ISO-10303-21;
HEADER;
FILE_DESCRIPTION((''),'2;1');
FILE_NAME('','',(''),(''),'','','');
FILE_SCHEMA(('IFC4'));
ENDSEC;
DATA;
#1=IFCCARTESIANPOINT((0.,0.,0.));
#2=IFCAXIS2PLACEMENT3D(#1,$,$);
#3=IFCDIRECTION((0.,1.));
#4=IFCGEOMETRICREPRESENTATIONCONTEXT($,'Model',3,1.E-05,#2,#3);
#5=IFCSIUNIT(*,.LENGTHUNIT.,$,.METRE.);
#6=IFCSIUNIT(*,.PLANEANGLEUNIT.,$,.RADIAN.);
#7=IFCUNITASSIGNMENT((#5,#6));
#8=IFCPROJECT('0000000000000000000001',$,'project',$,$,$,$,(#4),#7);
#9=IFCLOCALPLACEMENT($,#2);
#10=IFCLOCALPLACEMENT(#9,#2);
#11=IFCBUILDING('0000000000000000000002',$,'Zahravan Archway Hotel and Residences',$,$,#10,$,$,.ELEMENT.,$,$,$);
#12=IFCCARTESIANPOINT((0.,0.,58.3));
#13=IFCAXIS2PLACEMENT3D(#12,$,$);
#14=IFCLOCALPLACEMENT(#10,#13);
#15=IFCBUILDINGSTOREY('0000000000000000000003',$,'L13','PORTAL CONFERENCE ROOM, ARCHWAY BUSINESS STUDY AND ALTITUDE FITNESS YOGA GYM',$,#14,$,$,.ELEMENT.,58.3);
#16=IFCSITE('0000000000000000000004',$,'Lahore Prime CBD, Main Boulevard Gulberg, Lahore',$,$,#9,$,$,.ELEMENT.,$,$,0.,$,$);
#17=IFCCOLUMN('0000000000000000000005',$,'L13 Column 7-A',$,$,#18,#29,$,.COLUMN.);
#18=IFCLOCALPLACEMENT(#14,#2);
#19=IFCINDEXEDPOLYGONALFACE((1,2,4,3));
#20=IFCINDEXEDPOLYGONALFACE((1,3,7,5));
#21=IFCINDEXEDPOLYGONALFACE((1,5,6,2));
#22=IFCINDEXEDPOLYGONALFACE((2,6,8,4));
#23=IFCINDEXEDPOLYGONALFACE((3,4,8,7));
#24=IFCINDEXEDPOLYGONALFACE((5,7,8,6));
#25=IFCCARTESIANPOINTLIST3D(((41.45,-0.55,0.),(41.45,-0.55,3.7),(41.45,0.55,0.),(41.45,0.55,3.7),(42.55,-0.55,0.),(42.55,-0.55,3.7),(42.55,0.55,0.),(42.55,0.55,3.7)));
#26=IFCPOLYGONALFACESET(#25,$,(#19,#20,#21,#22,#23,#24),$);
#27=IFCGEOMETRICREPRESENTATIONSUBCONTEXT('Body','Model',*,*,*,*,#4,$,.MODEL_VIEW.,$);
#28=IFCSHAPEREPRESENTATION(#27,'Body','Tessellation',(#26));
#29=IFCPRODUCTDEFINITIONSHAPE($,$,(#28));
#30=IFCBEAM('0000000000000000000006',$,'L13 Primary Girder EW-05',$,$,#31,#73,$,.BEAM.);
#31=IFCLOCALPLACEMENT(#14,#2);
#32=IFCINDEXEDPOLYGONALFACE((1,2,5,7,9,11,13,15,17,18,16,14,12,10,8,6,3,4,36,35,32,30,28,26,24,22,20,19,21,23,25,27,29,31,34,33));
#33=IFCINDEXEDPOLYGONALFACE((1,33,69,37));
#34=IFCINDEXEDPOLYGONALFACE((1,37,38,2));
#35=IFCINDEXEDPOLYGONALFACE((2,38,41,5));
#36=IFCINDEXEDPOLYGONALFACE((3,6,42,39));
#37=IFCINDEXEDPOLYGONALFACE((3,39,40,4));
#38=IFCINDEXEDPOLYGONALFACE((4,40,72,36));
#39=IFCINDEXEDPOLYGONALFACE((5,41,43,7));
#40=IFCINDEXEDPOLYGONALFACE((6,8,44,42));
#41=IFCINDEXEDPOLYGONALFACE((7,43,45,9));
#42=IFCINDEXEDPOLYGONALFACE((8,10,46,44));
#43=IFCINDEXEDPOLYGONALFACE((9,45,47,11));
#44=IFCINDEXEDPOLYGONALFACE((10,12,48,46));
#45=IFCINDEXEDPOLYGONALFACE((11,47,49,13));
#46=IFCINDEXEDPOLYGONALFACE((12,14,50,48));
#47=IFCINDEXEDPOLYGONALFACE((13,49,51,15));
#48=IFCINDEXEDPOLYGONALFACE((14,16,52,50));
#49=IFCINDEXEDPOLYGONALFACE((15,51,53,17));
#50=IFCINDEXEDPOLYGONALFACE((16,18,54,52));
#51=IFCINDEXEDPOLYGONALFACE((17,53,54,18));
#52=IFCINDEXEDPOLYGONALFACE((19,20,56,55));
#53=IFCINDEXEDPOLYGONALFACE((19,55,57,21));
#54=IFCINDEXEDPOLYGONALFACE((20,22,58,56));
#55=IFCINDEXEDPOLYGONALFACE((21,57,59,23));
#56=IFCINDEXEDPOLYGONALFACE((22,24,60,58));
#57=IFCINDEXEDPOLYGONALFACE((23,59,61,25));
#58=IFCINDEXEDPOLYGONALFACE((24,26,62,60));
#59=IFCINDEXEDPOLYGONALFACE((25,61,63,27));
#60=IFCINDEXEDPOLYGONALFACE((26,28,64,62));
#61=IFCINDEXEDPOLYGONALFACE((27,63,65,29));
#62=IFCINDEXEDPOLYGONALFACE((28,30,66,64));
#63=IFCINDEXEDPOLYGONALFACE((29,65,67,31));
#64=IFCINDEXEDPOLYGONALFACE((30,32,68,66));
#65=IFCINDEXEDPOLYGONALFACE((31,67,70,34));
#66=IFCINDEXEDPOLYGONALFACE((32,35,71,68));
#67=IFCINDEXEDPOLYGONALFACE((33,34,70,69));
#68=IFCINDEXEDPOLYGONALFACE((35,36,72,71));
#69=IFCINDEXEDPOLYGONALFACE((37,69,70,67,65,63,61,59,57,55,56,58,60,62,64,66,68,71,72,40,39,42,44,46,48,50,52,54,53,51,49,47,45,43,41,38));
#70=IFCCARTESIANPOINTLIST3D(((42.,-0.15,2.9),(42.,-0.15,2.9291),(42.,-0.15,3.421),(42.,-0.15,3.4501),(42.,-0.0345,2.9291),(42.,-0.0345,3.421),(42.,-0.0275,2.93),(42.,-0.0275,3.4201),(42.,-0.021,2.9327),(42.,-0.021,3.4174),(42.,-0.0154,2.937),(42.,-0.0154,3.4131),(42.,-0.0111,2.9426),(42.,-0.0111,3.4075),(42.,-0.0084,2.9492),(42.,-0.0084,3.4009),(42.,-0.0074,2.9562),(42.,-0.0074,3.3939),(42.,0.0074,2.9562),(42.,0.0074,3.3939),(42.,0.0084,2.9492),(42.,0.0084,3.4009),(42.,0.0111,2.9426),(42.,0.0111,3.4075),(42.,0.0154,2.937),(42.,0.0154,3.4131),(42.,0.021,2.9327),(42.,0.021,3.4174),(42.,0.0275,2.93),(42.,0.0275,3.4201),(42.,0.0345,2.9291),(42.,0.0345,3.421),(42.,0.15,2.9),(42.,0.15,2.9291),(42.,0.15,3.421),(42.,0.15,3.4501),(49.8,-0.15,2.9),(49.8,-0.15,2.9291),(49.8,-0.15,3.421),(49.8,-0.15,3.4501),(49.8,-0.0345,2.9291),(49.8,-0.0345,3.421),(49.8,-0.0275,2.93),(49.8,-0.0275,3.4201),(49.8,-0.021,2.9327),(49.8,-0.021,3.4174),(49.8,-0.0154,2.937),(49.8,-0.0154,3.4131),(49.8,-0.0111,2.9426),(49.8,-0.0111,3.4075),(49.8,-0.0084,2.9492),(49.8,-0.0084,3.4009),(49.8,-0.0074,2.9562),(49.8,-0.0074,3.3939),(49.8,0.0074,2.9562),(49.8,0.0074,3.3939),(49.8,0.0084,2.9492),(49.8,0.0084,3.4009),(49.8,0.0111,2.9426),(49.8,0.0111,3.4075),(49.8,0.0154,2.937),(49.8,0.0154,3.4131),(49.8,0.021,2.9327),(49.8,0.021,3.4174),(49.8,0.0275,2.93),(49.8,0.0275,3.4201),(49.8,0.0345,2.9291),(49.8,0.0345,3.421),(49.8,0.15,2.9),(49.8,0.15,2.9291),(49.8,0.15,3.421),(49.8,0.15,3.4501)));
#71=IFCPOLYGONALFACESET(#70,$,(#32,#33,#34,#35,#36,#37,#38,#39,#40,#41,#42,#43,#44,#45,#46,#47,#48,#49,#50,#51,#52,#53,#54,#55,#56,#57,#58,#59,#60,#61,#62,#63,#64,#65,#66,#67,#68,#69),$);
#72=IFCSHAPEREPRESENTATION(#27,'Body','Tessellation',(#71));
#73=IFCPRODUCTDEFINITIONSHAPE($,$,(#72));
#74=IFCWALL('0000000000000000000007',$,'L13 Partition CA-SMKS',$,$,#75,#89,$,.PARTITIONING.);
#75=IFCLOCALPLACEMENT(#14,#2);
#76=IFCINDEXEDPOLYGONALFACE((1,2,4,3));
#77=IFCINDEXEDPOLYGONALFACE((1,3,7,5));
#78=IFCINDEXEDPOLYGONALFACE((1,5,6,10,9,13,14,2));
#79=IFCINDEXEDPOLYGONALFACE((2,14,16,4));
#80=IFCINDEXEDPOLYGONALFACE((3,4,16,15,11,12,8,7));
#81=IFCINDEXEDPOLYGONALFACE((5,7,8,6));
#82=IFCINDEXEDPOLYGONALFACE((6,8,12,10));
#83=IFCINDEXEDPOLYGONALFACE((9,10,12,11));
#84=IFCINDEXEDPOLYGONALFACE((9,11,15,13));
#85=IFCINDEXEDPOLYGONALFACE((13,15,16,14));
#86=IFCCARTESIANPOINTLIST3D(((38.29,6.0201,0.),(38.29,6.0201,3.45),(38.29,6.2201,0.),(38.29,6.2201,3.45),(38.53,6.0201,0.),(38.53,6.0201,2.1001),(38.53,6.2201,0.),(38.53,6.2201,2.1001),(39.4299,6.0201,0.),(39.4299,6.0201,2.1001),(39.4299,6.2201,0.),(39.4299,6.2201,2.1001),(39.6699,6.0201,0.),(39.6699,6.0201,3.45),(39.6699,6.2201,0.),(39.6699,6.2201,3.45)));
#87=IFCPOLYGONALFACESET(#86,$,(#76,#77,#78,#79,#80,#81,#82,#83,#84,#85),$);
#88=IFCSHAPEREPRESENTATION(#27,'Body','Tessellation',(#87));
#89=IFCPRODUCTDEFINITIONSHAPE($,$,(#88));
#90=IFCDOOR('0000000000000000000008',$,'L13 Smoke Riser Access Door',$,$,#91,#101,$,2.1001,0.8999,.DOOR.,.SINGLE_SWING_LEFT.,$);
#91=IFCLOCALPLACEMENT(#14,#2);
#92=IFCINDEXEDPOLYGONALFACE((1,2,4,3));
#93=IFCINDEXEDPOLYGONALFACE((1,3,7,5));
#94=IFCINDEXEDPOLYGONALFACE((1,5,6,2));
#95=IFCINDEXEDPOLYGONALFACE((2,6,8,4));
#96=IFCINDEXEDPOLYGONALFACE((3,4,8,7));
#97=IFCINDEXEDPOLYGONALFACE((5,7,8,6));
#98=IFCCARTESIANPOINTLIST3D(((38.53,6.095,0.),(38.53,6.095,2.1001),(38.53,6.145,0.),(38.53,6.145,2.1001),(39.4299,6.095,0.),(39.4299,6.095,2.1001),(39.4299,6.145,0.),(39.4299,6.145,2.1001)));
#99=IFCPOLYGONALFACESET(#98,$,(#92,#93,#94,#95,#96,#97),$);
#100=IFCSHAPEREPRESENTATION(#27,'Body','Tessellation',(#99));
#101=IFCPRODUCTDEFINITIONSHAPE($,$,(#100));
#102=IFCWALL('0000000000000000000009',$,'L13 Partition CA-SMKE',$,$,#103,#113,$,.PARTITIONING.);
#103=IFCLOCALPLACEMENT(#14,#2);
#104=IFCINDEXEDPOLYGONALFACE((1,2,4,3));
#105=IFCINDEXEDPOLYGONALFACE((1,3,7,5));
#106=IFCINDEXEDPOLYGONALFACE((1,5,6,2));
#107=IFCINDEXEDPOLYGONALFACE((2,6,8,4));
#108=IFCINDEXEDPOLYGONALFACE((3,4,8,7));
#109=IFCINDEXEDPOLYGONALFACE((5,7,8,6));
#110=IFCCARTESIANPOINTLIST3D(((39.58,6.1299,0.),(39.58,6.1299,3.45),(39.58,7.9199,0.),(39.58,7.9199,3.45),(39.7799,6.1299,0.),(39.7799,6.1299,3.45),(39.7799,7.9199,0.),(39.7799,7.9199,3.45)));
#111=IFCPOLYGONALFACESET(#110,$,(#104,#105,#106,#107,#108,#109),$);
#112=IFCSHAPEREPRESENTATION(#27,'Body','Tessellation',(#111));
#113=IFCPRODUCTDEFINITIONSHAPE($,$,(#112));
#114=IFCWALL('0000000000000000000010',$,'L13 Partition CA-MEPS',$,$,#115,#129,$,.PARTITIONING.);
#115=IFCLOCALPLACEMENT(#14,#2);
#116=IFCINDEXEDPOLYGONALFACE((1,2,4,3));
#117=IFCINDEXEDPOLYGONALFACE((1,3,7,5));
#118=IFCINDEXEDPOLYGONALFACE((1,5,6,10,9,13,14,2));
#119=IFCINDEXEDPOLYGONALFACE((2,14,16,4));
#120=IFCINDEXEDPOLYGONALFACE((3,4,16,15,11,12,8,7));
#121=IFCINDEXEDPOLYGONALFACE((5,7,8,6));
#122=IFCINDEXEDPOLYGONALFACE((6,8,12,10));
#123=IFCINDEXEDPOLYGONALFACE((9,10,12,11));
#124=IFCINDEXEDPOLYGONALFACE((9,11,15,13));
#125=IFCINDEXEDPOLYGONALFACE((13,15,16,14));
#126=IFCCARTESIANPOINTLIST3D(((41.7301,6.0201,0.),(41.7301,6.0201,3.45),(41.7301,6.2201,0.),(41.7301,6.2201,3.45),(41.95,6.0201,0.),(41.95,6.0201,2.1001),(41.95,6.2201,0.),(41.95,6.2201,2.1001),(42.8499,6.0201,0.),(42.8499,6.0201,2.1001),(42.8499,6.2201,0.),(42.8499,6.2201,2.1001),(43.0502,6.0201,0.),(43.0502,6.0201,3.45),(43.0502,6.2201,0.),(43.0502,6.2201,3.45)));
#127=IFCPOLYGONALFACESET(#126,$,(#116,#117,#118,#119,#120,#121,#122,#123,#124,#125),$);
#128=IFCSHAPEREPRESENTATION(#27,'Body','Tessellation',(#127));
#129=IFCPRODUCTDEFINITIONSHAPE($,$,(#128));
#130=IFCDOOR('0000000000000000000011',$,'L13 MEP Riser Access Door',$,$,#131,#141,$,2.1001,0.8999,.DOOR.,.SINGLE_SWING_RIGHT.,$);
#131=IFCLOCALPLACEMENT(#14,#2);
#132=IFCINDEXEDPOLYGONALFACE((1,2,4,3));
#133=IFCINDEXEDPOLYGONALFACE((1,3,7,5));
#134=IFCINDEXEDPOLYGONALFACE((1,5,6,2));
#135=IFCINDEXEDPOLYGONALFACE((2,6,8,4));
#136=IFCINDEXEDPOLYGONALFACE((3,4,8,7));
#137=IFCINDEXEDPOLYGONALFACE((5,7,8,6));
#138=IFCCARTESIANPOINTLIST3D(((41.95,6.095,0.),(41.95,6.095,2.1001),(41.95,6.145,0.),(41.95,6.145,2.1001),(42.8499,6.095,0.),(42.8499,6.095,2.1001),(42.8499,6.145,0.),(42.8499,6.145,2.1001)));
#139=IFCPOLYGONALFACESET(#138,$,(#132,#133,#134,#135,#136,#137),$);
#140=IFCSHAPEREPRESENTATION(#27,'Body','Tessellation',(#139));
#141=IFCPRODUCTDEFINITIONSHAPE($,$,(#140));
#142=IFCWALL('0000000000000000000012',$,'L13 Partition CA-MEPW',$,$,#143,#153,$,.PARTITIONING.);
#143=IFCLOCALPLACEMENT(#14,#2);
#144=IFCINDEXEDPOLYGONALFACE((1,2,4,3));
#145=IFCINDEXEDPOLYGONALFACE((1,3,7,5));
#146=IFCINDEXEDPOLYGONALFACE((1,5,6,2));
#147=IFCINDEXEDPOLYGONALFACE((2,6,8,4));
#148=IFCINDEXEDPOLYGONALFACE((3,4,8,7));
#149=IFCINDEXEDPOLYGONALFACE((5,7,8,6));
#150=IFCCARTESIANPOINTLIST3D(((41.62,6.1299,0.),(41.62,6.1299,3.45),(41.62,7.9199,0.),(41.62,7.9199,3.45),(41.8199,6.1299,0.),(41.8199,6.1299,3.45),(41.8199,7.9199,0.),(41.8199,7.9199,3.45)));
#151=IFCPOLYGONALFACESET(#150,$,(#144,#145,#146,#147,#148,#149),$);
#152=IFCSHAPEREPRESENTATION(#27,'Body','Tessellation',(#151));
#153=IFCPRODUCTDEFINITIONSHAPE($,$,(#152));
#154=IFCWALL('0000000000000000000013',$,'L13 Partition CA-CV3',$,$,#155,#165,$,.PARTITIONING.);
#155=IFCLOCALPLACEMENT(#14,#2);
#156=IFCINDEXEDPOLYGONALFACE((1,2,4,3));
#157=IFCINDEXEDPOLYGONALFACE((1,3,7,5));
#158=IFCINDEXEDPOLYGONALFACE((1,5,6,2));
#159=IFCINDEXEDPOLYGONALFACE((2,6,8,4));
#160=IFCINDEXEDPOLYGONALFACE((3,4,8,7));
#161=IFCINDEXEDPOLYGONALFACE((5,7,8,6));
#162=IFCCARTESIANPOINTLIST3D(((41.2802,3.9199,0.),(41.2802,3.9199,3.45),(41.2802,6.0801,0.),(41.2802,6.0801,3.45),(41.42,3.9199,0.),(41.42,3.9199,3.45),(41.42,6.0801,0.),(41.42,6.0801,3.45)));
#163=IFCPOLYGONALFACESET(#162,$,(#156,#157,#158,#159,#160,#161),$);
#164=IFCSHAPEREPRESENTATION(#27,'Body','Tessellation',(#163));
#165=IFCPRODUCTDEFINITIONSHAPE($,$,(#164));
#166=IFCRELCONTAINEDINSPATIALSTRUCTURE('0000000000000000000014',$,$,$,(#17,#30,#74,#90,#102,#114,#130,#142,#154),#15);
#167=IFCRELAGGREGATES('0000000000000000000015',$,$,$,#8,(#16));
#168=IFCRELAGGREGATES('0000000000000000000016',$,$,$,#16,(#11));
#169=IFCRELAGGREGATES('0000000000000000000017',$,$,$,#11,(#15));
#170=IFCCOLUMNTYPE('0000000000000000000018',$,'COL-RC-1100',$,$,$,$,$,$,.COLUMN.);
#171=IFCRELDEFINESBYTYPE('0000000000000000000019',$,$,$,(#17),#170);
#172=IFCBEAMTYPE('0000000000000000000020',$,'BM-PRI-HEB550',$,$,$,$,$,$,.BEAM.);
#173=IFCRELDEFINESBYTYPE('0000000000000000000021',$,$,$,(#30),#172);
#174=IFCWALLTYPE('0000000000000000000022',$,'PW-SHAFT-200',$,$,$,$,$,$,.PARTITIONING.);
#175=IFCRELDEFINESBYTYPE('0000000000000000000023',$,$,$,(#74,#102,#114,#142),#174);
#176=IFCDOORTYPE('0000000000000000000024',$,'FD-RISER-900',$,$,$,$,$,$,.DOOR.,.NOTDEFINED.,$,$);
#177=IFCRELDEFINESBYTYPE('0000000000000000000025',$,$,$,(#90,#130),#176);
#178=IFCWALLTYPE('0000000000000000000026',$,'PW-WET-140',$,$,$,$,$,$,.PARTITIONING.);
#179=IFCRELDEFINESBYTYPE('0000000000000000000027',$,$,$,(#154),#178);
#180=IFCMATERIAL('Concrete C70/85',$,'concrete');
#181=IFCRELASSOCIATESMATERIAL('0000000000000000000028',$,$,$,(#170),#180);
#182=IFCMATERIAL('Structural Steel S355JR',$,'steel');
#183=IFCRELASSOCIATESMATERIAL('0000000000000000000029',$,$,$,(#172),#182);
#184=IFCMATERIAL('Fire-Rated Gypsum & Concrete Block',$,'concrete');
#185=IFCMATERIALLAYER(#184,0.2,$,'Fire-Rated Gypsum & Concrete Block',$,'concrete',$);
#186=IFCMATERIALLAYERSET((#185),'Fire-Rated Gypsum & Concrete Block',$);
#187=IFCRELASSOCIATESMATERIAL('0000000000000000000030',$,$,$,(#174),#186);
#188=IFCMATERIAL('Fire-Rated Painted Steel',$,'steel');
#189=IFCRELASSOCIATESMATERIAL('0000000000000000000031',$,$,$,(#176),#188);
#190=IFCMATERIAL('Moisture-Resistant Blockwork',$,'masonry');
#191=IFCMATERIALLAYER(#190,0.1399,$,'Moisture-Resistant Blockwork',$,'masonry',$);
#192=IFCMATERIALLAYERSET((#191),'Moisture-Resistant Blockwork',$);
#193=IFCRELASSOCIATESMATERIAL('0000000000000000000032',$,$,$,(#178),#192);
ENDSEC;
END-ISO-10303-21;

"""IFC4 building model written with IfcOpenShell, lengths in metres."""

from ifc_helpers import new_model, si_unit, direction, frame, frame_2d, origin, origin_2d, place, context, subcontext, project, spatial, rectangle, i_section, extrude, source, transform, mapped, material, layer, layer_set, material_profile, profile_set, type_object, type_shapes, element, fill, save


model = new_model("IFC4")

# Units and contexts
model_context = context("Model", 3, precision=1e-05, world=origin(), true_north=direction((0.0, 1.0)))
body_context = subcontext(model_context, "Body", "Model", "MODEL_VIEW")
ifc_project = project(units=[si_unit("LENGTHUNIT", "METRE"), si_unit("PLANEANGLEUNIT", "RADIAN")], contexts=[model_context])

# Site, building, storey
site_placement = place(None, origin())
site = spatial("IfcSite", under=ifc_project, at=site_placement, Name="Lahore Prime CBD, Main Boulevard Gulberg, Lahore", CompositionType="ELEMENT", RefElevation=0.0)
building_placement = place(site_placement, origin())
building = spatial("IfcBuilding", under=site, at=building_placement, Name="Zahravan Archway Hotel and Residences", CompositionType="ELEMENT")
storey_placement = place(building_placement, frame((0.0, 0.0, 58.3)))
storey = spatial("IfcBuildingStorey", under=building, at=storey_placement, Name="L13", Description="PORTAL CONFERENCE ROOM, ARCHWAY BUSINESS STUDY AND ALTITUDE FITNESS YOGA GYM", CompositionType="ELEMENT", Elevation=58.3)

# Column
ifc_material_1 = material(Name="Concrete C70/85", Category="concrete")
ifc_material_profile_1 = material_profile(ifc_material_1, rectangle(XDim=1.1001, YDim=1.1001, at=origin_2d()), Name="RC 1100x1100", Category="concrete")
ifc_profile_set_1 = profile_set([ifc_material_profile_1], Name="Concrete C70/85")
column_type = type_object("IfcColumnType", Name="COL-RC-1100", PredefinedType="COLUMN", material=ifc_profile_set_1)
shared_shape_1 = source(origin(), body_context, "Body", "SweptSolid", [
    extrude(rectangle(XDim=1.1001, YDim=1.1001, at=origin_2d()), origin(), (0.0, 0.0, 1.0), 3.7),
])
column_placement = place(storey_placement, frame((42.0, 0.0, 0.0), z_axis=(0.0, 0.0, 1.0), x_axis=(1.0, 0.0, 0.0)))
element("IfcColumn", 1, at=column_placement, inside=storey, type_object=column_type, Name="L13 Column 7-A", PredefinedType="COLUMN", context=body_context, shape_type="MappedRepresentation", body=[
    mapped(shared_shape_1, transform((0.0, 0.0, 0.0), scale=1.0)),
])

# Beam
ifc_material_2 = material(Name="Structural Steel S355JR", Category="steel")
ifc_material_profile_2 = material_profile(ifc_material_2, i_section(OverallWidth=0.3, OverallDepth=0.55, WebThickness=0.0149, FlangeThickness=0.0291, FilletRadius=0.0271, at=origin_2d()), Name="HEB 550", Category="steel")
ifc_profile_set_2 = profile_set([ifc_material_profile_2], Name="Structural Steel S355JR")
beam_type = type_object("IfcBeamType", Name="BM-PRI-HEB550", PredefinedType="BEAM", material=ifc_profile_set_2)
shared_shape_2 = source(origin(), body_context, "Body", "SweptSolid", [
    extrude(i_section(OverallWidth=0.3, OverallDepth=0.55, WebThickness=0.0149, FlangeThickness=0.0291, FilletRadius=0.0271, at=origin_2d()), origin(), (0.0, 0.0, 1.0), 7.8),
])
beam_placement = place(storey_placement, frame((42.0, 0.0, 3.175), z_axis=(1.0, 0.0, 0.0), x_axis=(0.0, 1.0, 0.0)))
element("IfcBeam", 2, at=beam_placement, inside=storey, type_object=beam_type, Name="L13 Primary Girder EW-05", PredefinedType="BEAM", context=body_context, shape_type="MappedRepresentation", body=[
    mapped(shared_shape_2, transform((0.0, 0.0, 0.0), scale=1.0)),
])

# Wall, opening, door
ifc_material_3 = material(Name="Fire-Rated Gypsum & Concrete Block", Category="concrete")
ifc_layer_1 = layer(ifc_material_3, 0.2, Name="Fire-Rated Gypsum & Concrete Block", Category="concrete")
ifc_layer_set_1 = layer_set([ifc_layer_1], Name="Fire-Rated Gypsum & Concrete Block")
wall_type_1 = type_object("IfcWallType", Name="PW-SHAFT-200", PredefinedType="PARTITIONING", material=ifc_layer_set_1)
wall_1_placement = place(storey_placement, frame((38.29, 6.1201, 0.0), z_axis=(0.0, 0.0, 1.0), x_axis=(1.0, 0.0, 0.0)))
wall_1 = element("IfcWall", 3, at=wall_1_placement, inside=storey, type_object=wall_type_1, Name="L13 Partition CA-SMKS", PredefinedType="PARTITIONING", context=body_context, shape_type="SweptSolid", body=[
    extrude(rectangle(XDim=1.3799, YDim=0.2, at=frame_2d((0.6899, 0.0))), origin(), (0.0, 0.0, 1.0), 3.45),
])
opening_1_placement = place(wall_1_placement, frame((0.24, 0.0, 0.0)))
opening_1 = element("IfcOpeningElement", 4, at=opening_1_placement, cuts=wall_1, PredefinedType="OPENING", context=body_context, shape_type="SweptSolid", body=[
    extrude(rectangle(XDim=0.8999, YDim=2.1001, at=frame_2d((0.45, 1.05))), frame((0.0, 0.1099, 0.0), z_axis=(0.0, -1.0, 0.0), x_axis=(1.0, 0.0, 0.0)), (0.0, 0.0, 1.0), 0.22),
])
ifc_material_4 = material(Name="Fire-Rated Painted Steel", Category="steel")
door_type = type_object("IfcDoorType", Name="FD-RISER-900", OperationType="NOTDEFINED", PredefinedType="DOOR", material=ifc_material_4)
shared_shape_3 = source(origin(), body_context, "Body", "SweptSolid", [
    extrude(rectangle(XDim=0.8999, YDim=2.1001, at=frame_2d((0.45, 1.05))), frame((0.0, 0.0249, 0.0), z_axis=(0.0, -1.0, 0.0), x_axis=(1.0, 0.0, 0.0)), (0.0, 0.0, 1.0), 0.05),
])
type_shapes(door_type, [shared_shape_3])
door_1_placement = place(opening_1_placement, origin())
door_1 = element("IfcDoor", 5, at=door_1_placement, inside=storey, type_object=door_type, Name="L13 Smoke Riser Access Door", OperationType="SINGLE_SWING_LEFT", OverallHeight=2.1001, OverallWidth=0.8999, PredefinedType="DOOR", context=body_context, shape_type="MappedRepresentation", body=[
    mapped(shared_shape_3, transform((0.0, 0.0, 0.0), scale=1.0)),
])
fill(opening_1, door_1)

# Wall
wall_2_placement = place(storey_placement, frame((39.6799, 6.1299, 0.0), z_axis=(0.0, 0.0, 1.0), x_axis=(0.0, 1.0, 0.0)))
element("IfcWall", 6, at=wall_2_placement, inside=storey, type_object=wall_type_1, Name="L13 Partition CA-SMKE", PredefinedType="PARTITIONING", context=body_context, shape_type="SweptSolid", body=[
    extrude(rectangle(XDim=1.79, YDim=0.2, at=frame_2d((0.895, 0.0))), origin(), (0.0, 0.0, 1.0), 3.45),
])

# Wall, opening, door
wall_3_placement = place(storey_placement, frame((41.73, 6.1201, 0.0), z_axis=(0.0, 0.0, 1.0), x_axis=(1.0, 0.0, 0.0)))
wall_3 = element("IfcWall", 7, at=wall_3_placement, inside=storey, type_object=wall_type_1, Name="L13 Partition CA-MEPS", PredefinedType="PARTITIONING", context=body_context, shape_type="SweptSolid", body=[
    extrude(rectangle(XDim=1.3201, YDim=0.2, at=frame_2d((0.6602, 0.0))), origin(), (0.0, 0.0, 1.0), 3.45),
])
opening_2_placement = place(wall_3_placement, frame((0.22, 0.0, 0.0)))
opening_2 = element("IfcOpeningElement", 8, at=opening_2_placement, cuts=wall_3, PredefinedType="OPENING", context=body_context, shape_type="SweptSolid", body=[
    extrude(rectangle(XDim=0.8999, YDim=2.1001, at=frame_2d((0.45, 1.05))), frame((0.0, 0.1099, 0.0), z_axis=(0.0, -1.0, 0.0), x_axis=(1.0, 0.0, 0.0)), (0.0, 0.0, 1.0), 0.22),
])
door_2_placement = place(opening_2_placement, origin())
door_2 = element("IfcDoor", 9, at=door_2_placement, inside=storey, type_object=door_type, Name="L13 MEP Riser Access Door", OperationType="SINGLE_SWING_RIGHT", OverallHeight=2.1001, OverallWidth=0.8999, PredefinedType="DOOR", context=body_context, shape_type="MappedRepresentation", body=[
    mapped(shared_shape_3, transform((0.0, 0.0, 0.0), scale=1.0)),
])
fill(opening_2, door_2)

# Walls
wall_4_placement = place(storey_placement, frame((41.72, 6.1299, 0.0), z_axis=(0.0, 0.0, 1.0), x_axis=(0.0, 1.0, 0.0)))
element("IfcWall", 10, at=wall_4_placement, inside=storey, type_object=wall_type_1, Name="L13 Partition CA-MEPW", PredefinedType="PARTITIONING", context=body_context, shape_type="SweptSolid", body=[
    extrude(rectangle(XDim=1.79, YDim=0.2, at=frame_2d((0.895, 0.0))), origin(), (0.0, 0.0, 1.0), 3.45),
])
ifc_material_5 = material(Name="Moisture-Resistant Blockwork", Category="masonry")
ifc_layer_2 = layer(ifc_material_5, 0.1399, Name="Moisture-Resistant Blockwork", Category="masonry")
ifc_layer_set_2 = layer_set([ifc_layer_2], Name="Moisture-Resistant Blockwork")
wall_type_2 = type_object("IfcWallType", Name="PW-WET-140", PredefinedType="PARTITIONING", material=ifc_layer_set_2)
wall_5_placement = place(storey_placement, frame((41.3501, 3.9199, 0.0), z_axis=(0.0, 0.0, 1.0), x_axis=(0.0, 1.0, 0.0)))
element("IfcWall", 11, at=wall_5_placement, inside=storey, type_object=wall_type_2, Name="L13 Partition CA-CV3", PredefinedType="PARTITIONING", context=body_context, shape_type="SweptSolid", body=[
    extrude(rectangle(XDim=2.1602, YDim=0.1399, at=frame_2d((1.0801, 0.0))), origin(), (0.0, 0.0, 1.0), 3.45),
])

save(model, "model.ifc")
